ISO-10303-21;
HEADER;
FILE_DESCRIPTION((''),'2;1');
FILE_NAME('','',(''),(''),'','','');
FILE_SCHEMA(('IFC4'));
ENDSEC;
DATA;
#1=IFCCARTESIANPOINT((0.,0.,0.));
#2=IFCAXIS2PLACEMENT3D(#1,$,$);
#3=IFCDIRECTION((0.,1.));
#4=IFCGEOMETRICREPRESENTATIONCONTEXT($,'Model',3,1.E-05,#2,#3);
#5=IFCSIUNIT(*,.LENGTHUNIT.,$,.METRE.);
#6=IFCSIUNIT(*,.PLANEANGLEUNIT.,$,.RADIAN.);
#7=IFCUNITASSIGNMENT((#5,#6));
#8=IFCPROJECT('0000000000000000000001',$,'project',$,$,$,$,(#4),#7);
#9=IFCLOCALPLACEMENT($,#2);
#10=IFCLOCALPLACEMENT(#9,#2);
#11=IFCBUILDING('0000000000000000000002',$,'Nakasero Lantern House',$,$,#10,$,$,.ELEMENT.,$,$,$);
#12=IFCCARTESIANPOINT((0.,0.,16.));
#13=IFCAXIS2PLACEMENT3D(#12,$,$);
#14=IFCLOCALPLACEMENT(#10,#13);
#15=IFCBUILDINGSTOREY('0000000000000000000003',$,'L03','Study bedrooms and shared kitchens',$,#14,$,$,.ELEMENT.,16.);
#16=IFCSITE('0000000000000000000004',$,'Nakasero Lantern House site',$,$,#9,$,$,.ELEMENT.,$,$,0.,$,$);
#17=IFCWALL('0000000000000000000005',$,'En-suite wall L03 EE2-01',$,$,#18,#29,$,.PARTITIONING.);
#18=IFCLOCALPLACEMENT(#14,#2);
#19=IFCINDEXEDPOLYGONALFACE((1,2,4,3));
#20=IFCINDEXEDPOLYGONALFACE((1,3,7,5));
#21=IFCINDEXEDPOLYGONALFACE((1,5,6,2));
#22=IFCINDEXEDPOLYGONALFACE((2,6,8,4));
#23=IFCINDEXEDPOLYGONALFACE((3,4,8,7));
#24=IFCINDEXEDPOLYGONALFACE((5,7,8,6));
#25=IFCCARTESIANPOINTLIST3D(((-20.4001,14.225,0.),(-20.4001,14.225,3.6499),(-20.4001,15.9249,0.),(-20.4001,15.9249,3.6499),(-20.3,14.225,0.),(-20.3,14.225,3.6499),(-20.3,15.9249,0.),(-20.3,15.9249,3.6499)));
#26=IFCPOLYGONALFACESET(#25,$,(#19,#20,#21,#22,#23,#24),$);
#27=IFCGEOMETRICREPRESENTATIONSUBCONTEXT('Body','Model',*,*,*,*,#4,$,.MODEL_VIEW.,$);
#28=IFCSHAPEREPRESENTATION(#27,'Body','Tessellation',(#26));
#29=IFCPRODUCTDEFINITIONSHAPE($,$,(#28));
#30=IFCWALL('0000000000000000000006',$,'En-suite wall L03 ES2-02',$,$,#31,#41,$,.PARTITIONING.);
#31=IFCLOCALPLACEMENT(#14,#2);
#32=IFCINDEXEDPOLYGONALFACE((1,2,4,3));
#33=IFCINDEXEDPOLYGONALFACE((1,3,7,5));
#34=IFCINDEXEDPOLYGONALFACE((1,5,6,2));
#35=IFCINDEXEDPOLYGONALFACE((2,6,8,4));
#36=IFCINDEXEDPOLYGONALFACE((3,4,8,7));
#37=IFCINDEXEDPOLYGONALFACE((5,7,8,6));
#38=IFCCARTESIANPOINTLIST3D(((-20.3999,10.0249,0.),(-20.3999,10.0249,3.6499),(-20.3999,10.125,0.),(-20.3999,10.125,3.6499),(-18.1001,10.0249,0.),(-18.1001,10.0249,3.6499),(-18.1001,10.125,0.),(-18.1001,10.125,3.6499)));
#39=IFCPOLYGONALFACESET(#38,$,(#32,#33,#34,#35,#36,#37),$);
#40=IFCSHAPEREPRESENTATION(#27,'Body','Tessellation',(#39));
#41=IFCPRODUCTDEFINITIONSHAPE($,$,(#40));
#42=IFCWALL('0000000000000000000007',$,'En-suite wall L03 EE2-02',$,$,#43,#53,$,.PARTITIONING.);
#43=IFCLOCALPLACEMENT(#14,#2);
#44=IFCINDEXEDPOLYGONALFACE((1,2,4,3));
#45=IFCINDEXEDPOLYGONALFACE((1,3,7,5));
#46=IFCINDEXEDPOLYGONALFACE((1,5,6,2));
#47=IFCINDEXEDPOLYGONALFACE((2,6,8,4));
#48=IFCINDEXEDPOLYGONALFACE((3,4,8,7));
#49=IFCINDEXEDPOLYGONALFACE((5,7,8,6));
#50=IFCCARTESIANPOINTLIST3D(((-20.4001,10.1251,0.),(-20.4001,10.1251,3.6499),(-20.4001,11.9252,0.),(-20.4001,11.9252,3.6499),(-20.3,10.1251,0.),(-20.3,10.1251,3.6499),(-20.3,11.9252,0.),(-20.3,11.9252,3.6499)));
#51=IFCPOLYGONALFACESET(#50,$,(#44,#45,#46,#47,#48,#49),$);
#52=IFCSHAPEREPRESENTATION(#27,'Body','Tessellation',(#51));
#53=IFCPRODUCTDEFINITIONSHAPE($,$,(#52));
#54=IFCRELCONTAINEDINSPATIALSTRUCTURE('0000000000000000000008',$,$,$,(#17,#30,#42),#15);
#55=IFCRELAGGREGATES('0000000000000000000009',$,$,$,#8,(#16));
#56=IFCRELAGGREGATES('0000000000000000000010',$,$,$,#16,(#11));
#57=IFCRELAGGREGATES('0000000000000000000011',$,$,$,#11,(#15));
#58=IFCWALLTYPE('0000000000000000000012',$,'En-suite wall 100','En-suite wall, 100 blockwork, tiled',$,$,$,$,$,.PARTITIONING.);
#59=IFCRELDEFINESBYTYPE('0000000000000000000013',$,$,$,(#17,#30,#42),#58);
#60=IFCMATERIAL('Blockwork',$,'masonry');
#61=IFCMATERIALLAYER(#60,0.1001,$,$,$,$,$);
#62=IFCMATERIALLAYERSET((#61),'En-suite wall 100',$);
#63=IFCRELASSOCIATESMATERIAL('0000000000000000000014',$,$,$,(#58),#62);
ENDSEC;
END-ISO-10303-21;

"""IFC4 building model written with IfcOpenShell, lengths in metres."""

from ifc_helpers import new_model, si_unit, direction, frame, frame_2d, origin, place, context, subcontext, project, spatial, rectangle, extrude, material, layer, layer_set, type_object, element, save


model = new_model("IFC4")

# Units and contexts
model_context = context("Model", 3, precision=1e-05, world=origin(), true_north=direction((0.0, 1.0)))
body_context = subcontext(model_context, "Body", "Model", "MODEL_VIEW")
ifc_project = project(units=[si_unit("LENGTHUNIT", "METRE"), si_unit("PLANEANGLEUNIT", "RADIAN")], contexts=[model_context])

# Site, building, storey
site_placement = place(None, origin())
site = spatial("IfcSite", under=ifc_project, at=site_placement, Name="Nakasero Lantern House site", CompositionType="ELEMENT", RefElevation=0.0)
building_placement = place(site_placement, origin())
building = spatial("IfcBuilding", under=site, at=building_placement, Name="Nakasero Lantern House", CompositionType="ELEMENT")
storey_placement = place(building_placement, frame((0.0, 0.0, 16.0)))
storey = spatial("IfcBuildingStorey", under=building, at=storey_placement, Name="L03", Description="Study bedrooms and shared kitchens", CompositionType="ELEMENT", Elevation=16.0)

# Walls
ifc_material_1 = material(Name="Blockwork", Category="masonry")
ifc_layer_1 = layer(ifc_material_1, 0.1001)
ifc_layer_set_1 = layer_set([ifc_layer_1], Name="En-suite wall 100")
wall_type_1 = type_object("IfcWallType", Name="En-suite wall 100", Description="En-suite wall, 100 blockwork, tiled", PredefinedType="PARTITIONING", material=ifc_layer_set_1)
wall_1_placement = place(storey_placement, frame((-20.3501, 15.925, 0.0), z_axis=(0.0, 0.0, 1.0), x_axis=(0.0, -1.0, 0.0)))
element("IfcWall", 1, at=wall_1_placement, inside=storey, type_object=wall_type_1, Name="En-suite wall L03 EE2-01", PredefinedType="PARTITIONING", context=body_context, shape_type="SweptSolid", body=[
    extrude(rectangle(XDim=1.7, YDim=0.1001, at=frame_2d((0.8501, 0.0))), origin(), (0.0, 0.0, 1.0), 3.6499),
])
wall_2_placement = place(storey_placement, frame((-18.1001, 10.075, 0.0), z_axis=(0.0, 0.0, 1.0), x_axis=(-1.0, 0.0, 0.0)))
element("IfcWall", 2, at=wall_2_placement, inside=storey, type_object=wall_type_1, Name="En-suite wall L03 ES2-02", PredefinedType="PARTITIONING", context=body_context, shape_type="SweptSolid", body=[
    extrude(rectangle(XDim=2.2998, YDim=0.1001, at=frame_2d((1.1499, 0.0))), origin(), (0.0, 0.0, 1.0), 3.6499),
])
wall_3_placement = place(storey_placement, frame((-20.3501, 11.925, 0.0), z_axis=(0.0, 0.0, 1.0), x_axis=(0.0, -1.0, 0.0)))
element("IfcWall", 3, at=wall_3_placement, inside=storey, type_object=wall_type_1, Name="En-suite wall L03 EE2-02", PredefinedType="PARTITIONING", context=body_context, shape_type="SweptSolid", body=[
    extrude(rectangle(XDim=1.8, YDim=0.1001, at=frame_2d((0.8999, 0.0))), origin(), (0.0, 0.0, 1.0), 3.6499),
])

save(model, "model.ifc")
